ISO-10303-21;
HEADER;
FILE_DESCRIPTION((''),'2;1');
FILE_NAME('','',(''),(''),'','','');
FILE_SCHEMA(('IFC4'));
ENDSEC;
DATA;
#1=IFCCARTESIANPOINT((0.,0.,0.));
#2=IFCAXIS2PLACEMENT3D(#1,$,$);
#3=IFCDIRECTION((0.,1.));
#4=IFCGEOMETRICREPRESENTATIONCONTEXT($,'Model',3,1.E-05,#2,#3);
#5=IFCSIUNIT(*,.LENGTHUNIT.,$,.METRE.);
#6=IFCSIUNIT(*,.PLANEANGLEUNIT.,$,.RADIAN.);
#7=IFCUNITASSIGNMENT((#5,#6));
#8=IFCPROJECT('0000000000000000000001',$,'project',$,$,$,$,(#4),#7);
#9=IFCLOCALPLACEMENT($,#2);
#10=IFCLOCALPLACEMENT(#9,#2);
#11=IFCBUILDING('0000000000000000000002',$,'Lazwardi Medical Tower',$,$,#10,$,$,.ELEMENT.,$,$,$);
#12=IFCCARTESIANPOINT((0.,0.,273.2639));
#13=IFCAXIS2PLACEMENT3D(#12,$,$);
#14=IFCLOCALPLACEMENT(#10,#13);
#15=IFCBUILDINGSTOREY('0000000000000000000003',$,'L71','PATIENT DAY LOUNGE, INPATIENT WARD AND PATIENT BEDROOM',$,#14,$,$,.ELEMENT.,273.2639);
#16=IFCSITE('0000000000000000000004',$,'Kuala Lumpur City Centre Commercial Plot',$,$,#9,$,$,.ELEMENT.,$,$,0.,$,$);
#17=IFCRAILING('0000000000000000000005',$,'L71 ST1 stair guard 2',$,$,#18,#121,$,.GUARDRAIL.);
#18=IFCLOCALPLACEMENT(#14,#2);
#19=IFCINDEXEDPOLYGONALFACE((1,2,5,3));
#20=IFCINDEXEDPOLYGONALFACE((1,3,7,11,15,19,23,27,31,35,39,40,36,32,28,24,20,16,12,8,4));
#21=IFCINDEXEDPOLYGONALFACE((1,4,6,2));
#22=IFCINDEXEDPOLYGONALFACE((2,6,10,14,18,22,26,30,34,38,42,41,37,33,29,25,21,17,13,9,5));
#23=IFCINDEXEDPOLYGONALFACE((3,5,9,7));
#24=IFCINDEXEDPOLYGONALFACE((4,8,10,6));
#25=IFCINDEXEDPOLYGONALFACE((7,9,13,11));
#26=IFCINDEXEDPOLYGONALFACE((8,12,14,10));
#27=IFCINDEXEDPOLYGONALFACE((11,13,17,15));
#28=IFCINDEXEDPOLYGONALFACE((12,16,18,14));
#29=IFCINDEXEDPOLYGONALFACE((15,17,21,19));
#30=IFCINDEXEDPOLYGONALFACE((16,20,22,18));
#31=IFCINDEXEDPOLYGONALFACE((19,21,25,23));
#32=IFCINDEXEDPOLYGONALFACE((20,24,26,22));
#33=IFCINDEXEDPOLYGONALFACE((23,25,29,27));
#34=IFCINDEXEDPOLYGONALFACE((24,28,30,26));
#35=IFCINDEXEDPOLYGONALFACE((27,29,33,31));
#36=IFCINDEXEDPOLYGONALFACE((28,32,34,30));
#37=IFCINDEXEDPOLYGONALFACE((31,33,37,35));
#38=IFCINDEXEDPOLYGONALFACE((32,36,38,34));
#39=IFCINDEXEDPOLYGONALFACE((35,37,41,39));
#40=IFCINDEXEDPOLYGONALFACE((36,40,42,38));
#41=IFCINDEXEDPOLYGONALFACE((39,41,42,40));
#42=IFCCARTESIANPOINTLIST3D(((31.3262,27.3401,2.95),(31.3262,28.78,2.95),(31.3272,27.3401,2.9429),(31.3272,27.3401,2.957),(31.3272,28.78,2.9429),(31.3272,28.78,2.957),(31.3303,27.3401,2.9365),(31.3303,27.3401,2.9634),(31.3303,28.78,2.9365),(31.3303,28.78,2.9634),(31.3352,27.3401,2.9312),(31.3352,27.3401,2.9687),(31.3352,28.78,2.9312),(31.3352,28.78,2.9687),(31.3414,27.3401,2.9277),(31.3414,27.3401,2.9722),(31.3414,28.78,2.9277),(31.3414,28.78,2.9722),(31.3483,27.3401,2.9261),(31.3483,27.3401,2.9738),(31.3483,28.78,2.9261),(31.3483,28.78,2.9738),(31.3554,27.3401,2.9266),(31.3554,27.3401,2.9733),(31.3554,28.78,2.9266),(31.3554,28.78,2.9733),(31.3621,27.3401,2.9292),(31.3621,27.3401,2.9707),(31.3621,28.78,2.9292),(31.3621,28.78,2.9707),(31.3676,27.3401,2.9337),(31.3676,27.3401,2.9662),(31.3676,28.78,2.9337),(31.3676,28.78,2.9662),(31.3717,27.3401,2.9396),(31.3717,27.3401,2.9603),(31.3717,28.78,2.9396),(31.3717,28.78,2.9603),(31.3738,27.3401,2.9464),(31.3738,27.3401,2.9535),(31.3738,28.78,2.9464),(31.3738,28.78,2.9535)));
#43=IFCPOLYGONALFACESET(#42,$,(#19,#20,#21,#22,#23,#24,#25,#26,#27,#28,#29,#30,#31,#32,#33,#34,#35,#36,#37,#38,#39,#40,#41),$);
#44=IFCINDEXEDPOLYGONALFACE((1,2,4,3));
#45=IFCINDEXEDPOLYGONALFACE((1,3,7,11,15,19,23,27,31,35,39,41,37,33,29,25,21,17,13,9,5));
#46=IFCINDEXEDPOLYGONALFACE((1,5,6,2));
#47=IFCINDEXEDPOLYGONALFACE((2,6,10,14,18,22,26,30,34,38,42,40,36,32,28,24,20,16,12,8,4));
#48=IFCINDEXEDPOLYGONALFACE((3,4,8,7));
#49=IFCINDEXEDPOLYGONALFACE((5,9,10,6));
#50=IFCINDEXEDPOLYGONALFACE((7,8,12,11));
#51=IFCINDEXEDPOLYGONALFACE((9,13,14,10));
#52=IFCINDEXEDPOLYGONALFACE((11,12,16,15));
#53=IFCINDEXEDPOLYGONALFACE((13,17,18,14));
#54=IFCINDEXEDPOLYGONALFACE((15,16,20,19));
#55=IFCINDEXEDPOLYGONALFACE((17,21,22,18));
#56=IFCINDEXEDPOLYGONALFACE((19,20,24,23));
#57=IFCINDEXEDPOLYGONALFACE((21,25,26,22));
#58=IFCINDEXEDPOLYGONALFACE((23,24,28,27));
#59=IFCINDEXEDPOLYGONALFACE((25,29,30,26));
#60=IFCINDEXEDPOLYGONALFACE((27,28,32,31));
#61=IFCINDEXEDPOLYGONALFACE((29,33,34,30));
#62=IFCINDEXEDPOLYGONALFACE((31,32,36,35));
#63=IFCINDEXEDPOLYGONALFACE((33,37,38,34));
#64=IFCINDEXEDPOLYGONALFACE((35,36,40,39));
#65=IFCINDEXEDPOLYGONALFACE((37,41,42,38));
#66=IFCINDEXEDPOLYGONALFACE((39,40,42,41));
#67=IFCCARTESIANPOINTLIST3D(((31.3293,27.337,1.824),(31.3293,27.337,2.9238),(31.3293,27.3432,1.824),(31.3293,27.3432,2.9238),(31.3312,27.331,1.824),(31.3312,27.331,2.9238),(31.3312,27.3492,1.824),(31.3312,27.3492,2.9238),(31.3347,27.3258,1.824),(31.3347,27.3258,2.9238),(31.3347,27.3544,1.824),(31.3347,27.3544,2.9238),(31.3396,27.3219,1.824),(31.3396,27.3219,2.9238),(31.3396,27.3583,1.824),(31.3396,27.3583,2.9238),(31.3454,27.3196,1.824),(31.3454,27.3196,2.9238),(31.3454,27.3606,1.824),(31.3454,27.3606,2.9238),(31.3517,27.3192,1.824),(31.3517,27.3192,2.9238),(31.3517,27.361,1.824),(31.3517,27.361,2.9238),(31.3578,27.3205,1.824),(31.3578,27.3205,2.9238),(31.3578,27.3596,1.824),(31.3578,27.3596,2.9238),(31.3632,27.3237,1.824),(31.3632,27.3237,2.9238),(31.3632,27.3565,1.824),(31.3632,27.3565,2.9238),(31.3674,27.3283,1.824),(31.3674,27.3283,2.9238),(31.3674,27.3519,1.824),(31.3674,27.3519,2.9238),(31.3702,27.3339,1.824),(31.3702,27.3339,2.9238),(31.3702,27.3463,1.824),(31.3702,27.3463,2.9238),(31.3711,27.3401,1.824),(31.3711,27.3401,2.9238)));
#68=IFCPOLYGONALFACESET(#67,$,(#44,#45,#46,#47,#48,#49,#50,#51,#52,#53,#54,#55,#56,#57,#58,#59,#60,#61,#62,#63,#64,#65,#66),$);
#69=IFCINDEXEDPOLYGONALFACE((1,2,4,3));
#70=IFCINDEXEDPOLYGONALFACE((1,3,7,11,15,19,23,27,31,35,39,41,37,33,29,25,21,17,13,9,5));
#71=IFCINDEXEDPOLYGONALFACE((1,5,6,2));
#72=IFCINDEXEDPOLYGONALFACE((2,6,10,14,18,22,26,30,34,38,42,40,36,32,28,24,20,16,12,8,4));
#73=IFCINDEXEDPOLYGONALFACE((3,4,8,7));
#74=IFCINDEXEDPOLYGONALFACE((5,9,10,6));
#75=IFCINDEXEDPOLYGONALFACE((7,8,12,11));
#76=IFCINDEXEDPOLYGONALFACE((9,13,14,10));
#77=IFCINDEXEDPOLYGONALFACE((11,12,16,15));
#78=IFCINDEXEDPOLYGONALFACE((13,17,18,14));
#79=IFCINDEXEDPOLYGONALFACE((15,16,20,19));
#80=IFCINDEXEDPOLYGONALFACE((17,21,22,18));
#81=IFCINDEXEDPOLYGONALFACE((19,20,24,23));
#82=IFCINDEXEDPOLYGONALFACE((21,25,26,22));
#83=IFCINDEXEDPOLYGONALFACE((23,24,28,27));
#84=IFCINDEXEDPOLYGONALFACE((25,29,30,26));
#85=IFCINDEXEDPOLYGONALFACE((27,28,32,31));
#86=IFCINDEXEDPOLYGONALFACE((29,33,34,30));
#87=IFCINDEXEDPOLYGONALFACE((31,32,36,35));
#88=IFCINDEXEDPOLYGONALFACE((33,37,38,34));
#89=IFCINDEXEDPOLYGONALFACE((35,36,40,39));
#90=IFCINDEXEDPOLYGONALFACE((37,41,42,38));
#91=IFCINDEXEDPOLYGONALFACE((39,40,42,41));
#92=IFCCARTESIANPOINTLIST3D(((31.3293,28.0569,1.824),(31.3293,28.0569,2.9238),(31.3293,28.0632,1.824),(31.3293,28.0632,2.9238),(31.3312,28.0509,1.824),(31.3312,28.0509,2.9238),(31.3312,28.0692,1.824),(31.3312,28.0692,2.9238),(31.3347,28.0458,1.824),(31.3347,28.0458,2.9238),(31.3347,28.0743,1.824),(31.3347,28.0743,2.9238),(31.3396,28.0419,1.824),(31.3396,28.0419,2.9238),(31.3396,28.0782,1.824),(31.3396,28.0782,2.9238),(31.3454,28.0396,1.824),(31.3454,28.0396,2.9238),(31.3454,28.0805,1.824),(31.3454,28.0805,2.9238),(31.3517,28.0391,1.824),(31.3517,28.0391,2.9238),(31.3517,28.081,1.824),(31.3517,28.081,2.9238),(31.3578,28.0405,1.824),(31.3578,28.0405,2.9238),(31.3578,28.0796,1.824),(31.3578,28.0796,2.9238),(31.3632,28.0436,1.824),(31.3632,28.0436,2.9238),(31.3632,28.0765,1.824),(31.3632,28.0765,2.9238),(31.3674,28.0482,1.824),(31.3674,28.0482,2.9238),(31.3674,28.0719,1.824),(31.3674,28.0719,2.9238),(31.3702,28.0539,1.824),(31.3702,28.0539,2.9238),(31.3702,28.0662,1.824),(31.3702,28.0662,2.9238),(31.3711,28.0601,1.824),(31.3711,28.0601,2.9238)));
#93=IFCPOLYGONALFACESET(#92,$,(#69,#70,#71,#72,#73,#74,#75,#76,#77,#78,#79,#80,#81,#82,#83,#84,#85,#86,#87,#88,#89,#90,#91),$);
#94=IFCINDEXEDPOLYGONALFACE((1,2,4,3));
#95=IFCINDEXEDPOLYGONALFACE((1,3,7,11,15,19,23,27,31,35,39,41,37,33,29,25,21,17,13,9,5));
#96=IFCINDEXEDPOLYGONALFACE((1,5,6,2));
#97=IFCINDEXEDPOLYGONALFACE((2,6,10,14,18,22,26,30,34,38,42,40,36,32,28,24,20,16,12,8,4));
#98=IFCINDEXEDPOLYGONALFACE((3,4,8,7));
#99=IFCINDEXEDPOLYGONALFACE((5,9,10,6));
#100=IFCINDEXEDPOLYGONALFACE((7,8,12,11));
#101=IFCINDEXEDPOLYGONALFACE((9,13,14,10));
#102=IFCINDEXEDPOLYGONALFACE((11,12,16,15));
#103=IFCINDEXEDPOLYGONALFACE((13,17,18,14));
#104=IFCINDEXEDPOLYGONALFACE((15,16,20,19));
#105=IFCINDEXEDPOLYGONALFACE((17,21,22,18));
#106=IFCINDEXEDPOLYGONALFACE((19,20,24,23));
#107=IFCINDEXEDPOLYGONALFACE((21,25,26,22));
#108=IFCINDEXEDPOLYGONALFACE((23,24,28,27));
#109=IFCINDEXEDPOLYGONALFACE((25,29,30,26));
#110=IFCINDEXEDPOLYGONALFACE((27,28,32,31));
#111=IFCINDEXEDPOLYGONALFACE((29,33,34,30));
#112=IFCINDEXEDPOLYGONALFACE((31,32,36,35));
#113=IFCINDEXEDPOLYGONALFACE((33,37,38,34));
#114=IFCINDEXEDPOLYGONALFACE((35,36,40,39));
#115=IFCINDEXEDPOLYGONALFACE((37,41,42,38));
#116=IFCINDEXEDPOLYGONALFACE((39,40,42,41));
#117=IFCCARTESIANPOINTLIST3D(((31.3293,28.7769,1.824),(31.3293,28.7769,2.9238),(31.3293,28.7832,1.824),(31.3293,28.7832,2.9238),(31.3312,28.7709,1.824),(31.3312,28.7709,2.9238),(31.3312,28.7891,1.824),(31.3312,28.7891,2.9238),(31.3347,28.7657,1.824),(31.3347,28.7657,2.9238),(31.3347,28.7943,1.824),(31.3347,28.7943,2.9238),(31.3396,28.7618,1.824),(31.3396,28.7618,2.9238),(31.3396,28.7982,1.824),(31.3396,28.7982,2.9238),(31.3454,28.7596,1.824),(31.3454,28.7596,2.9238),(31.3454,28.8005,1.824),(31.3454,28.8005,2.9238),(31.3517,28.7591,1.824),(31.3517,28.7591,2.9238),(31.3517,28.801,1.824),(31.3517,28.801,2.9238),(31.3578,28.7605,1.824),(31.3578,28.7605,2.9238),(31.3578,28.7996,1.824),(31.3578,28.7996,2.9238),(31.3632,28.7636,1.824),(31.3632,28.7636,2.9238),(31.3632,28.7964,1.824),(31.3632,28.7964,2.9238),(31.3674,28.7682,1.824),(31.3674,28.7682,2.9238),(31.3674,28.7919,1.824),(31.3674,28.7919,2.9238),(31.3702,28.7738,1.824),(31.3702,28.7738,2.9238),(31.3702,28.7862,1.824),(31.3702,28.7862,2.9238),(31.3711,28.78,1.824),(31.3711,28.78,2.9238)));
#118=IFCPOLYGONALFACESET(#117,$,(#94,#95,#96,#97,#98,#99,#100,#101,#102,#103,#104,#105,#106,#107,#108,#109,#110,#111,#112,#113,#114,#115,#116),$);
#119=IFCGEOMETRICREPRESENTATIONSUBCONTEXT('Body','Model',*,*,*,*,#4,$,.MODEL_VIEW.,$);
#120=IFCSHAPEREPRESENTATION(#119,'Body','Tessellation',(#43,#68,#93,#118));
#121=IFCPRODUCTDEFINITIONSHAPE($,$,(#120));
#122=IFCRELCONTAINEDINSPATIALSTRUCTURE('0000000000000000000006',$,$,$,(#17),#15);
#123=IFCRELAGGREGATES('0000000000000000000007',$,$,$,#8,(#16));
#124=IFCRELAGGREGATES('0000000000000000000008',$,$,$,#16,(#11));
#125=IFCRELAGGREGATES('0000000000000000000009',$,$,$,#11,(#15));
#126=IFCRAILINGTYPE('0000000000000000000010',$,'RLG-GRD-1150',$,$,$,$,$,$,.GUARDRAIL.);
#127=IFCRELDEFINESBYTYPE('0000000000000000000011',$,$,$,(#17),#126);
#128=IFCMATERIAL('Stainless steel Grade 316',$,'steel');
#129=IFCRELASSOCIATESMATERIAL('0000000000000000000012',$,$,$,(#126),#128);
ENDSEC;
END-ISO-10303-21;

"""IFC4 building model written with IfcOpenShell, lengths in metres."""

from ifc_helpers import new_model, si_unit, direction, frame, origin, origin_2d, place, context, subcontext, project, spatial, circle, extrude, material, type_object, element, save


model = new_model("IFC4")

# Units and contexts
model_context = context("Model", 3, precision=1e-05, world=origin(), true_north=direction((0.0, 1.0)))
body_context = subcontext(model_context, "Body", "Model", "MODEL_VIEW")
ifc_project = project(units=[si_unit("LENGTHUNIT", "METRE"), si_unit("PLANEANGLEUNIT", "RADIAN")], contexts=[model_context])

# Site, building, storey
site_placement = place(None, origin())
site = spatial("IfcSite", under=ifc_project, at=site_placement, Name="Kuala Lumpur City Centre Commercial Plot", CompositionType="ELEMENT", RefElevation=0.0)
building_placement = place(site_placement, origin())
building = spatial("IfcBuilding", under=site, at=building_placement, Name="Lazwardi Medical Tower", CompositionType="ELEMENT")
storey_placement = place(building_placement, frame((0.0, 0.0, 273.2639)))
storey = spatial("IfcBuildingStorey", under=building, at=storey_placement, Name="L71", Description="PATIENT DAY LOUNGE, INPATIENT WARD AND PATIENT BEDROOM", CompositionType="ELEMENT", Elevation=273.2639)

# Railing
ifc_material_1 = material(Name="Stainless steel Grade 316", Category="steel")
railing_type_1 = type_object("IfcRailingType", Name="RLG-GRD-1150", PredefinedType="GUARDRAIL", material=ifc_material_1)
railing_1_placement = place(storey_placement, frame((31.3501, 27.3401, 1.824)))
element("IfcRailing", 1, at=railing_1_placement, inside=storey, type_object=railing_type_1, Name="L71 ST1 stair guard 2", PredefinedType="GUARDRAIL", context=body_context, shape_type="SweptSolid", body=[
    extrude(circle(Radius=0.0239, at=origin_2d()), frame((0.0, 0.0, 1.126), z_axis=(0.0, 1.0, 0.0), x_axis=(-1.0, 0.0, 0.0)), (0.0, 0.0, 1.0), 1.4399),
    extrude(circle(Radius=0.021, at=origin_2d()), origin(), (0.0, 0.0, 1.0), 1.0999),
    extrude(circle(Radius=0.021, at=origin_2d()), frame((0.0, 0.72, 0.0)), (0.0, 0.0, 1.0), 1.0999),
    extrude(circle(Radius=0.021, at=origin_2d()), frame((0.0, 1.4399, 0.0)), (0.0, 0.0, 1.0), 1.0999),
])

save(model, "model.ifc")
